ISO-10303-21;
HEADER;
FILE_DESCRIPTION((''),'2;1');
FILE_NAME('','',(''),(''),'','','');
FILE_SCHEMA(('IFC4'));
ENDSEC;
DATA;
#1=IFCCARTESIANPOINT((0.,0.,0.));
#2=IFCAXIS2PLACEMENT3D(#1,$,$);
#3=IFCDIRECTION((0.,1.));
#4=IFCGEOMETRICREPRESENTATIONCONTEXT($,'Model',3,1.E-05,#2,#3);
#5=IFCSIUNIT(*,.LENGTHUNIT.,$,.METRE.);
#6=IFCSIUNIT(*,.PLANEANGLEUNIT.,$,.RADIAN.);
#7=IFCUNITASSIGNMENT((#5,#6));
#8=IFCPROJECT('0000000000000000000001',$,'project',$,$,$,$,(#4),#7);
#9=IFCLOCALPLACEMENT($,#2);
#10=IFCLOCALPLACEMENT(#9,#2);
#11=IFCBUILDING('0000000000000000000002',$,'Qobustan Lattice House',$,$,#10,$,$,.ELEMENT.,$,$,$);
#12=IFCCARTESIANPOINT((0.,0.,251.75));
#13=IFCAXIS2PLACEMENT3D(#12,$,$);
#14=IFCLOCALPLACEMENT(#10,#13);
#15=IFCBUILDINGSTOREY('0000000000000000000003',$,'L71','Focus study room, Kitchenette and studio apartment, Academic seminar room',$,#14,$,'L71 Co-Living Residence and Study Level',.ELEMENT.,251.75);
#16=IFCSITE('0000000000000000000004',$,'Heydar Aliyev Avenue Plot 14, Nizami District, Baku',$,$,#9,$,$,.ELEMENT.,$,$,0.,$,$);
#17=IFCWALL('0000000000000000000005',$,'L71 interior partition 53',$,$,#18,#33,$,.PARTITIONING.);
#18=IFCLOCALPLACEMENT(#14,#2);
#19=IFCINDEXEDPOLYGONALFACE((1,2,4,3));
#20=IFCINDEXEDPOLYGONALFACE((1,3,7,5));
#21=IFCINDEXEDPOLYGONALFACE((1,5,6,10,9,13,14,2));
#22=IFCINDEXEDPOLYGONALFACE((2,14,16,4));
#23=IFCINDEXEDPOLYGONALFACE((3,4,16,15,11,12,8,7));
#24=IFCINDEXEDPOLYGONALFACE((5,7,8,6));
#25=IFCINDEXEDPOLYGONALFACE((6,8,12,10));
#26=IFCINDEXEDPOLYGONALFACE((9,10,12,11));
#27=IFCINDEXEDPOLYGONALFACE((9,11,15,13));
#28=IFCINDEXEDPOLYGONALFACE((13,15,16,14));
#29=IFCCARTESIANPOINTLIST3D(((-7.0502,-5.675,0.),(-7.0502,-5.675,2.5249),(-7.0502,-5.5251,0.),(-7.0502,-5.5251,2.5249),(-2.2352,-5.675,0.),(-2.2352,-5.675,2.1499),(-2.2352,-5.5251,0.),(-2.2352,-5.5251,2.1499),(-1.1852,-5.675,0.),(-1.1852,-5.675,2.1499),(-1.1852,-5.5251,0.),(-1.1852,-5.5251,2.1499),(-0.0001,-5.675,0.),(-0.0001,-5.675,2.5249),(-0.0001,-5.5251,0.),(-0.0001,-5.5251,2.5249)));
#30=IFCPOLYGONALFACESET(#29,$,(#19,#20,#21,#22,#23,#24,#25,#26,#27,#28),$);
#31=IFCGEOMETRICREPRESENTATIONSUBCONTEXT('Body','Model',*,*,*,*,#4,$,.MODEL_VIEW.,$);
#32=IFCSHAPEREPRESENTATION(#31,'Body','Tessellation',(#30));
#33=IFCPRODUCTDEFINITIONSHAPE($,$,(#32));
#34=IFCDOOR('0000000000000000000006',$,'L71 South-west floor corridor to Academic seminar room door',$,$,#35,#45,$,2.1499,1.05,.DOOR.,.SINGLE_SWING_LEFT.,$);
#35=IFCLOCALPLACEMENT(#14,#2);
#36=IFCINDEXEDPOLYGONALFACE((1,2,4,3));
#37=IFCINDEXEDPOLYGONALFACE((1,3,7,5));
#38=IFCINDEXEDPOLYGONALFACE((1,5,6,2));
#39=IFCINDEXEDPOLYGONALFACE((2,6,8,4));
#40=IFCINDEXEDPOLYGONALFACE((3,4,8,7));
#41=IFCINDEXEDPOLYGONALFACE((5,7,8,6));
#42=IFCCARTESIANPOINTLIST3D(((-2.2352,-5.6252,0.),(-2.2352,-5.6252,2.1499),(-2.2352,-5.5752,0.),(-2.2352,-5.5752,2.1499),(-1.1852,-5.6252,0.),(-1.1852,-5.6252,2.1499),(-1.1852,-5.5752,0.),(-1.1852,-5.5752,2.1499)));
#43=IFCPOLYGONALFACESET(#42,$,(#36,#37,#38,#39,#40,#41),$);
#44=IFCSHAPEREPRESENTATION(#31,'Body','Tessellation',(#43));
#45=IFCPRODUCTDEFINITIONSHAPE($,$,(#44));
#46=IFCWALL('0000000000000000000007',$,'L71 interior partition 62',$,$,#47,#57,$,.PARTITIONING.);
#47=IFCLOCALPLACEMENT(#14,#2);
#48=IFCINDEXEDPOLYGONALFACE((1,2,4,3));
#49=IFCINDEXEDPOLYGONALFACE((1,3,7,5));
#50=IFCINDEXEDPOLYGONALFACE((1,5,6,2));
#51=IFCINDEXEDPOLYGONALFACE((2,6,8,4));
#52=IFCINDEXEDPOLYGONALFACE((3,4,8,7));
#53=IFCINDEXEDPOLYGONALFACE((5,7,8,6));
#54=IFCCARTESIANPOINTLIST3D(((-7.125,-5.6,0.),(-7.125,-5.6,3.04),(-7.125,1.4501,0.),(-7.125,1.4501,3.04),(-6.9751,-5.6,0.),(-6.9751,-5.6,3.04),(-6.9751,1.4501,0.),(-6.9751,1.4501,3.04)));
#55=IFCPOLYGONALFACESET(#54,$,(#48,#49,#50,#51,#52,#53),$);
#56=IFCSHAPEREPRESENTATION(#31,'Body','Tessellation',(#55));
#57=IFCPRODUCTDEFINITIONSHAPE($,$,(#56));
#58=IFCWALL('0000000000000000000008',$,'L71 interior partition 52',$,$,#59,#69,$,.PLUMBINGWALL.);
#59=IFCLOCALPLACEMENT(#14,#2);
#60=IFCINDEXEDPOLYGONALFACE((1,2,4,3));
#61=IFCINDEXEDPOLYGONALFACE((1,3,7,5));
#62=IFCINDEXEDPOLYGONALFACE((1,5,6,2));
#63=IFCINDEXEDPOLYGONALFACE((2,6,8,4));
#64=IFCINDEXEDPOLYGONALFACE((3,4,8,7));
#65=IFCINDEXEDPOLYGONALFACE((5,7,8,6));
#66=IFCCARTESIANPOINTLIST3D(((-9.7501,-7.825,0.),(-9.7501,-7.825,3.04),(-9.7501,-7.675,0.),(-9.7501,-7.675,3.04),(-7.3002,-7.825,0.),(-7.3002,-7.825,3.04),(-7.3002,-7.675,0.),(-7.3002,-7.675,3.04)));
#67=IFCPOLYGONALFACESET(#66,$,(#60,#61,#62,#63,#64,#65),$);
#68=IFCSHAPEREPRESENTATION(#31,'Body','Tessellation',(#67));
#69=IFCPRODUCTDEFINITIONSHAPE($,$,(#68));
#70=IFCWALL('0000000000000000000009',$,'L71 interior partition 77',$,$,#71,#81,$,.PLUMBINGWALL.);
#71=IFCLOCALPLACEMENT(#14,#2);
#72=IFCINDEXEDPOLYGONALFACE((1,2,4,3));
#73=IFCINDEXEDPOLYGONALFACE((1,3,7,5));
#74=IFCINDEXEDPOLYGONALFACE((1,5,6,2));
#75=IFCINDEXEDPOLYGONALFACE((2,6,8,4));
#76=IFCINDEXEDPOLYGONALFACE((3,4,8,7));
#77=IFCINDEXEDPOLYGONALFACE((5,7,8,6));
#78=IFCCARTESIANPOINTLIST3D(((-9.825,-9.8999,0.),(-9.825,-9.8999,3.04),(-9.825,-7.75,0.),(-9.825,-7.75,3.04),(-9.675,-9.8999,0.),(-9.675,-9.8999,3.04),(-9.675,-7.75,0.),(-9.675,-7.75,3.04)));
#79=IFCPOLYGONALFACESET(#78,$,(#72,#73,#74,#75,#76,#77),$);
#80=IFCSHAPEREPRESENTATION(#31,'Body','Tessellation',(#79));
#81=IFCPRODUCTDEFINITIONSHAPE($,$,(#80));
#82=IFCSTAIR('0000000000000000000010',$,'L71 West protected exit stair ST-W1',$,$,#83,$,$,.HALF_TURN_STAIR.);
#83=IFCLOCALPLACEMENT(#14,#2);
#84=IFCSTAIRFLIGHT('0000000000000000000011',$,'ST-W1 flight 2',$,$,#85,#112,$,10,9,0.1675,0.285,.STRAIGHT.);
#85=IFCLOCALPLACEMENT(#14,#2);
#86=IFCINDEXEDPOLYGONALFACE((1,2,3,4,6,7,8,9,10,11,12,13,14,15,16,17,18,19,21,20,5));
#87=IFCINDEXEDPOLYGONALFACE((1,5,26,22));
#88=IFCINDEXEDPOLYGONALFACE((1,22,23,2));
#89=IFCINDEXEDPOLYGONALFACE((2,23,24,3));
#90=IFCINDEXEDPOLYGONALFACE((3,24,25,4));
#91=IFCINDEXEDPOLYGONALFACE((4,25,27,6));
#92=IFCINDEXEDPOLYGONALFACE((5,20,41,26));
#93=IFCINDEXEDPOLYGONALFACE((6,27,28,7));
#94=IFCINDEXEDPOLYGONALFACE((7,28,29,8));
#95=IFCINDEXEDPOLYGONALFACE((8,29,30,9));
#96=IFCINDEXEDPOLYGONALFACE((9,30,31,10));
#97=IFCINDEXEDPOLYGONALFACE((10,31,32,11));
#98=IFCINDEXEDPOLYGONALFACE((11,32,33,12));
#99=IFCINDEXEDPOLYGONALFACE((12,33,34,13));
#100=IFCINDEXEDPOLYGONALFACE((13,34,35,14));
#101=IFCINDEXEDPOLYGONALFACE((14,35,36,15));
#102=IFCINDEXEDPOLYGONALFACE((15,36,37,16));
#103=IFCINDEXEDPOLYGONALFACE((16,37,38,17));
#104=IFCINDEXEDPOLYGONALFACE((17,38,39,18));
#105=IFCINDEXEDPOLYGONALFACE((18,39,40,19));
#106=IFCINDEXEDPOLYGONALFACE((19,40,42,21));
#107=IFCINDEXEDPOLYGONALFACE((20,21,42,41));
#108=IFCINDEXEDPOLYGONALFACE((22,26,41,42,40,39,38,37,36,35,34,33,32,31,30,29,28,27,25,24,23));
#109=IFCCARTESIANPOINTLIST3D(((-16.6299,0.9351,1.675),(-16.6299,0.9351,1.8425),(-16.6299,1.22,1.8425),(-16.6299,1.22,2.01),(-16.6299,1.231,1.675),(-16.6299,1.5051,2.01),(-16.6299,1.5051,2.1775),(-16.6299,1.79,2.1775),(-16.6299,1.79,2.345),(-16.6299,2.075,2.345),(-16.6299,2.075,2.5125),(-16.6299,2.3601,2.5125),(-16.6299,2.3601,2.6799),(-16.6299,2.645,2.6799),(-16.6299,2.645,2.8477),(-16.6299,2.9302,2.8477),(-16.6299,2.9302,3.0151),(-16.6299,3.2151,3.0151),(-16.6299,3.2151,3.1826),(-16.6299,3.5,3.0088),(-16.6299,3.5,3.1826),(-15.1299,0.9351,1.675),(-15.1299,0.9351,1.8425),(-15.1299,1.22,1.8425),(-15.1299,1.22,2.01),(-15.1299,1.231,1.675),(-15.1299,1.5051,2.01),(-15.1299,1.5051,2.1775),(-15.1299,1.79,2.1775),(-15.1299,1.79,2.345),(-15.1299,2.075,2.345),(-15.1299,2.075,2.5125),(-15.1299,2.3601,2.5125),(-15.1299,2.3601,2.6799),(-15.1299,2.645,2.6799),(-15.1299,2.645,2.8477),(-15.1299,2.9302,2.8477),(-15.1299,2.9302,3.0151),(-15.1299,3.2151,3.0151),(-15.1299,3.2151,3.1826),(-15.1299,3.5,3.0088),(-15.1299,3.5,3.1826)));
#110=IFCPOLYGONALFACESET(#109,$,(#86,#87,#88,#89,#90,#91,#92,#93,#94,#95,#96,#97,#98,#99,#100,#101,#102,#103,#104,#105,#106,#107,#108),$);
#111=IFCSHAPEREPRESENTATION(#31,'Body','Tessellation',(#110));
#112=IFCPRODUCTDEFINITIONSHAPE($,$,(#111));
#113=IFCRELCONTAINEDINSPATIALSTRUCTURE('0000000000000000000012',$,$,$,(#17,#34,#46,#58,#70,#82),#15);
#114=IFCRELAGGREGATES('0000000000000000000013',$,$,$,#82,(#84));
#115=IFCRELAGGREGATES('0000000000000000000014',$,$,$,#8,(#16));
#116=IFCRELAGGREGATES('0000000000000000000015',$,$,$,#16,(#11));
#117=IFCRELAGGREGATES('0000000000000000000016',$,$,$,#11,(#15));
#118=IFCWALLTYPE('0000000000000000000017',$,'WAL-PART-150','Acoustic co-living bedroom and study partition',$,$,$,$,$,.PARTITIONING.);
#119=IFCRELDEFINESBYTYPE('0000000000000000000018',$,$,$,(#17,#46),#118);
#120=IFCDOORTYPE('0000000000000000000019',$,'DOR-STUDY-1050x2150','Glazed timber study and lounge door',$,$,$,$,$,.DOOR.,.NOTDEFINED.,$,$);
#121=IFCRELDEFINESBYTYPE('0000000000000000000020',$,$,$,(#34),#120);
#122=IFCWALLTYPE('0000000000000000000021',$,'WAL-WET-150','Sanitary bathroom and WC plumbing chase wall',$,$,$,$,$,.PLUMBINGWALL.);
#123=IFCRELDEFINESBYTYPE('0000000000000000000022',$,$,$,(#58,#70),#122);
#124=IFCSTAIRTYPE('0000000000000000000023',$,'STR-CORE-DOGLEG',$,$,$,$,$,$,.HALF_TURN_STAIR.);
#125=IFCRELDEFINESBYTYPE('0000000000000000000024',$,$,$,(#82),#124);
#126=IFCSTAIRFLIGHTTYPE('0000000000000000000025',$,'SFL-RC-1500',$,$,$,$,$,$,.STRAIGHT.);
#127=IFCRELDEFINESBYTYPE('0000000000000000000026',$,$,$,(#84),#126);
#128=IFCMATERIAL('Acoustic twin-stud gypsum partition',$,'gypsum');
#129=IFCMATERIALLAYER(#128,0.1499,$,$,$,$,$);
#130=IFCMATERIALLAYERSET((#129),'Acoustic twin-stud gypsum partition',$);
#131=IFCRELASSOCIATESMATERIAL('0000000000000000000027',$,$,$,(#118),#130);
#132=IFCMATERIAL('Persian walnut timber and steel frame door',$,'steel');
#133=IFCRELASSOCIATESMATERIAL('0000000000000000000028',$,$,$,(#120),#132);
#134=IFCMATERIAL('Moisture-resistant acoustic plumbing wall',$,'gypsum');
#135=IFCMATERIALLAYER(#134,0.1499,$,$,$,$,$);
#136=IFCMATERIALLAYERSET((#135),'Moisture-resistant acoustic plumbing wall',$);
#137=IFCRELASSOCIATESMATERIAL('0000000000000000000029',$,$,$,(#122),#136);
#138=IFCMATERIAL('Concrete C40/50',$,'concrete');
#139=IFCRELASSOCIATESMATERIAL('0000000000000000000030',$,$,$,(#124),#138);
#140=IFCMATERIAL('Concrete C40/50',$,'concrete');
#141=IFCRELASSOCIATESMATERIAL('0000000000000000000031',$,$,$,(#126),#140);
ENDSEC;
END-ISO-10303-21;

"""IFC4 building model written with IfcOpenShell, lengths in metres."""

from ifc_helpers import new_model, si_unit, direction, frame, frame_2d, origin, place, context, subcontext, project, spatial, polyline, rectangle, outline, extrude, material, layer, layer_set, type_object, element, fill, aggregate, save


model = new_model("IFC4")

# Units and contexts
model_context = context("Model", 3, precision=1e-05, world=origin(), true_north=direction((0.0, 1.0)))
body_context = subcontext(model_context, "Body", "Model", "MODEL_VIEW")
ifc_project = project(units=[si_unit("LENGTHUNIT", "METRE"), si_unit("PLANEANGLEUNIT", "RADIAN")], contexts=[model_context])

# Site, building, storey
site_placement = place(None, origin())
site = spatial("IfcSite", under=ifc_project, at=site_placement, Name="Heydar Aliyev Avenue Plot 14, Nizami District, Baku", CompositionType="ELEMENT", RefElevation=0.0)
building_placement = place(site_placement, origin())
building = spatial("IfcBuilding", under=site, at=building_placement, Name="Qobustan Lattice House", CompositionType="ELEMENT")
storey_placement = place(building_placement, frame((0.0, 0.0, 251.75)))
storey = spatial("IfcBuildingStorey", under=building, at=storey_placement, Name="L71", Description="Focus study room, Kitchenette and studio apartment, Academic seminar room", LongName="L71 Co-Living Residence and Study Level", CompositionType="ELEMENT", Elevation=251.75)

# Wall, opening, door
ifc_material_1 = material(Name="Acoustic twin-stud gypsum partition", Category="gypsum")
ifc_layer_1 = layer(ifc_material_1, 0.1499)
ifc_layer_set_1 = layer_set([ifc_layer_1], Name="Acoustic twin-stud gypsum partition")
wall_type_1 = type_object("IfcWallType", Name="WAL-PART-150", Description="Acoustic co-living bedroom and study partition", PredefinedType="PARTITIONING", material=ifc_layer_set_1)
ifc_material_2 = material(Name="Persian walnut timber and steel frame door", Category="steel")
door_type_1 = type_object("IfcDoorType", Name="DOR-STUDY-1050x2150", Description="Glazed timber study and lounge door", OperationType="NOTDEFINED", PredefinedType="DOOR", material=ifc_material_2)
wall_1_placement = place(storey_placement, frame((-7.05, -5.6001, 0.0), z_axis=(0.0, 0.0, 1.0), x_axis=(1.0, 0.0, 0.0)))
wall_1 = element("IfcWall", 1, at=wall_1_placement, inside=storey, type_object=wall_type_1, Name="L71 interior partition 53", PredefinedType="PARTITIONING", context=body_context, shape_type="SweptSolid", body=[
    extrude(rectangle(XDim=7.05, YDim=0.1499, at=frame_2d((3.5249, 0.0))), origin(), (0.0, 0.0, 1.0), 2.5249),
])
opening_1_placement = place(wall_1_placement, frame((4.8149, 0.0, 0.0)))
opening_1 = element("IfcOpeningElement", 2, at=opening_1_placement, cuts=wall_1, PredefinedType="OPENING", context=body_context, shape_type="SweptSolid", body=[
    extrude(rectangle(XDim=1.05, YDim=2.1499, at=frame_2d((0.5249, 1.075))), frame((0.0, 0.085, 0.0), z_axis=(0.0, -1.0, 0.0), x_axis=(1.0, 0.0, 0.0)), (0.0, 0.0, 1.0), 0.1699),
])
door_1_placement = place(opening_1_placement, origin())
door_1 = element("IfcDoor", 3, at=door_1_placement, inside=storey, type_object=door_type_1, Name="L71 South-west floor corridor to Academic seminar room door", OperationType="SINGLE_SWING_LEFT", OverallHeight=2.1499, OverallWidth=1.05, PredefinedType="DOOR", context=body_context, shape_type="SweptSolid", body=[
    extrude(rectangle(XDim=1.05, YDim=2.1499, at=frame_2d((0.5249, 1.075))), frame((0.0, 0.0249, 0.0), z_axis=(0.0, -1.0, 0.0), x_axis=(1.0, 0.0, 0.0)), (0.0, 0.0, 1.0), 0.05),
])
fill(opening_1, door_1)

# Walls
wall_2_placement = place(storey_placement, frame((-7.05, 1.45, 0.0), z_axis=(0.0, 0.0, 1.0), x_axis=(0.0, -1.0, 0.0)))
element("IfcWall", 4, at=wall_2_placement, inside=storey, type_object=wall_type_1, Name="L71 interior partition 62", PredefinedType="PARTITIONING", context=body_context, shape_type="SweptSolid", body=[
    extrude(rectangle(XDim=7.05, YDim=0.1499, at=frame_2d((3.5249, 0.0))), origin(), (0.0, 0.0, 1.0), 3.04),
])
ifc_material_3 = material(Name="Moisture-resistant acoustic plumbing wall", Category="gypsum")
ifc_layer_2 = layer(ifc_material_3, 0.1499)
ifc_layer_set_2 = layer_set([ifc_layer_2], Name="Moisture-resistant acoustic plumbing wall")
wall_type_2 = type_object("IfcWallType", Name="WAL-WET-150", Description="Sanitary bathroom and WC plumbing chase wall", PredefinedType="PLUMBINGWALL", material=ifc_layer_set_2)
wall_3_placement = place(storey_placement, frame((-7.3, -7.75, 0.0), z_axis=(0.0, 0.0, 1.0), x_axis=(-1.0, 0.0, 0.0)))
element("IfcWall", 5, at=wall_3_placement, inside=storey, type_object=wall_type_2, Name="L71 interior partition 52", PredefinedType="PLUMBINGWALL", context=body_context, shape_type="SweptSolid", body=[
    extrude(rectangle(XDim=2.45, YDim=0.1499, at=frame_2d((1.2251, 0.0))), origin(), (0.0, 0.0, 1.0), 3.04),
])
wall_4_placement = place(storey_placement, frame((-9.75, -7.75, 0.0), z_axis=(0.0, 0.0, 1.0), x_axis=(0.0, -1.0, 0.0)))
element("IfcWall", 6, at=wall_4_placement, inside=storey, type_object=wall_type_2, Name="L71 interior partition 77", PredefinedType="PLUMBINGWALL", context=body_context, shape_type="SweptSolid", body=[
    extrude(rectangle(XDim=2.1499, YDim=0.1499, at=frame_2d((1.075, 0.0))), origin(), (0.0, 0.0, 1.0), 3.04),
])

# Stair, stair flight
ifc_material_4 = material(Name="Concrete C40/50", Category="concrete")
stair_type = type_object("IfcStairType", Name="STR-CORE-DOGLEG", PredefinedType="HALF_TURN_STAIR", material=ifc_material_4)
stair_placement = place(storey_placement, origin())
stair = element("IfcStair", 7, at=stair_placement, inside=storey, type_object=stair_type, Name="L71 West protected exit stair ST-W1", PredefinedType="HALF_TURN_STAIR")
ifc_material_5 = material(Name="Concrete C40/50", Category="concrete")
stair_flight_type = type_object("IfcStairFlightType", Name="SFL-RC-1500", PredefinedType="STRAIGHT", material=ifc_material_5)
stair_flight_placement = place(storey_placement, frame((-15.8799, 0.9351, 1.675), z_axis=(0.0, 0.0, 1.0), x_axis=(0.0, 1.0, 0.0)))
stair_flight = element("IfcStairFlight", 8, at=stair_flight_placement, type_object=stair_flight_type, Name="ST-W1 flight 2", NumberOfRisers=10, NumberOfTreads=9, PredefinedType="STRAIGHT", RiserHeight=0.1675, TreadLength=0.285, context=body_context, shape_type="SweptSolid", body=[
    extrude(outline(polyline([(0.0, 0.0), (0.0, 0.1675), (0.2849, 0.1675), (0.2849, 0.335), (0.5701, 0.335), (0.5701, 0.5024), (0.855, 0.5024), (0.855, 0.6699), (1.1399, 0.6699), (1.1399, 0.8374), (1.425, 0.8374), (1.425, 1.0049), (1.71, 1.0049), (1.71, 1.1726), (1.9951, 1.1726), (1.9951, 1.3401), (2.28, 1.3401), (2.28, 1.5076), (2.5649, 1.5076), (2.5649, 1.675), (2.5649, 1.3337), (0.2959, 0.0), (0.0, 0.0)])), frame((0.0, 0.75, 0.0), z_axis=(0.0, -1.0, 0.0), x_axis=(1.0, 0.0, 0.0)), (0.0, 0.0, 1.0), 1.5),
])
aggregate(stair, [stair_flight])

save(model, "model.ifc")
